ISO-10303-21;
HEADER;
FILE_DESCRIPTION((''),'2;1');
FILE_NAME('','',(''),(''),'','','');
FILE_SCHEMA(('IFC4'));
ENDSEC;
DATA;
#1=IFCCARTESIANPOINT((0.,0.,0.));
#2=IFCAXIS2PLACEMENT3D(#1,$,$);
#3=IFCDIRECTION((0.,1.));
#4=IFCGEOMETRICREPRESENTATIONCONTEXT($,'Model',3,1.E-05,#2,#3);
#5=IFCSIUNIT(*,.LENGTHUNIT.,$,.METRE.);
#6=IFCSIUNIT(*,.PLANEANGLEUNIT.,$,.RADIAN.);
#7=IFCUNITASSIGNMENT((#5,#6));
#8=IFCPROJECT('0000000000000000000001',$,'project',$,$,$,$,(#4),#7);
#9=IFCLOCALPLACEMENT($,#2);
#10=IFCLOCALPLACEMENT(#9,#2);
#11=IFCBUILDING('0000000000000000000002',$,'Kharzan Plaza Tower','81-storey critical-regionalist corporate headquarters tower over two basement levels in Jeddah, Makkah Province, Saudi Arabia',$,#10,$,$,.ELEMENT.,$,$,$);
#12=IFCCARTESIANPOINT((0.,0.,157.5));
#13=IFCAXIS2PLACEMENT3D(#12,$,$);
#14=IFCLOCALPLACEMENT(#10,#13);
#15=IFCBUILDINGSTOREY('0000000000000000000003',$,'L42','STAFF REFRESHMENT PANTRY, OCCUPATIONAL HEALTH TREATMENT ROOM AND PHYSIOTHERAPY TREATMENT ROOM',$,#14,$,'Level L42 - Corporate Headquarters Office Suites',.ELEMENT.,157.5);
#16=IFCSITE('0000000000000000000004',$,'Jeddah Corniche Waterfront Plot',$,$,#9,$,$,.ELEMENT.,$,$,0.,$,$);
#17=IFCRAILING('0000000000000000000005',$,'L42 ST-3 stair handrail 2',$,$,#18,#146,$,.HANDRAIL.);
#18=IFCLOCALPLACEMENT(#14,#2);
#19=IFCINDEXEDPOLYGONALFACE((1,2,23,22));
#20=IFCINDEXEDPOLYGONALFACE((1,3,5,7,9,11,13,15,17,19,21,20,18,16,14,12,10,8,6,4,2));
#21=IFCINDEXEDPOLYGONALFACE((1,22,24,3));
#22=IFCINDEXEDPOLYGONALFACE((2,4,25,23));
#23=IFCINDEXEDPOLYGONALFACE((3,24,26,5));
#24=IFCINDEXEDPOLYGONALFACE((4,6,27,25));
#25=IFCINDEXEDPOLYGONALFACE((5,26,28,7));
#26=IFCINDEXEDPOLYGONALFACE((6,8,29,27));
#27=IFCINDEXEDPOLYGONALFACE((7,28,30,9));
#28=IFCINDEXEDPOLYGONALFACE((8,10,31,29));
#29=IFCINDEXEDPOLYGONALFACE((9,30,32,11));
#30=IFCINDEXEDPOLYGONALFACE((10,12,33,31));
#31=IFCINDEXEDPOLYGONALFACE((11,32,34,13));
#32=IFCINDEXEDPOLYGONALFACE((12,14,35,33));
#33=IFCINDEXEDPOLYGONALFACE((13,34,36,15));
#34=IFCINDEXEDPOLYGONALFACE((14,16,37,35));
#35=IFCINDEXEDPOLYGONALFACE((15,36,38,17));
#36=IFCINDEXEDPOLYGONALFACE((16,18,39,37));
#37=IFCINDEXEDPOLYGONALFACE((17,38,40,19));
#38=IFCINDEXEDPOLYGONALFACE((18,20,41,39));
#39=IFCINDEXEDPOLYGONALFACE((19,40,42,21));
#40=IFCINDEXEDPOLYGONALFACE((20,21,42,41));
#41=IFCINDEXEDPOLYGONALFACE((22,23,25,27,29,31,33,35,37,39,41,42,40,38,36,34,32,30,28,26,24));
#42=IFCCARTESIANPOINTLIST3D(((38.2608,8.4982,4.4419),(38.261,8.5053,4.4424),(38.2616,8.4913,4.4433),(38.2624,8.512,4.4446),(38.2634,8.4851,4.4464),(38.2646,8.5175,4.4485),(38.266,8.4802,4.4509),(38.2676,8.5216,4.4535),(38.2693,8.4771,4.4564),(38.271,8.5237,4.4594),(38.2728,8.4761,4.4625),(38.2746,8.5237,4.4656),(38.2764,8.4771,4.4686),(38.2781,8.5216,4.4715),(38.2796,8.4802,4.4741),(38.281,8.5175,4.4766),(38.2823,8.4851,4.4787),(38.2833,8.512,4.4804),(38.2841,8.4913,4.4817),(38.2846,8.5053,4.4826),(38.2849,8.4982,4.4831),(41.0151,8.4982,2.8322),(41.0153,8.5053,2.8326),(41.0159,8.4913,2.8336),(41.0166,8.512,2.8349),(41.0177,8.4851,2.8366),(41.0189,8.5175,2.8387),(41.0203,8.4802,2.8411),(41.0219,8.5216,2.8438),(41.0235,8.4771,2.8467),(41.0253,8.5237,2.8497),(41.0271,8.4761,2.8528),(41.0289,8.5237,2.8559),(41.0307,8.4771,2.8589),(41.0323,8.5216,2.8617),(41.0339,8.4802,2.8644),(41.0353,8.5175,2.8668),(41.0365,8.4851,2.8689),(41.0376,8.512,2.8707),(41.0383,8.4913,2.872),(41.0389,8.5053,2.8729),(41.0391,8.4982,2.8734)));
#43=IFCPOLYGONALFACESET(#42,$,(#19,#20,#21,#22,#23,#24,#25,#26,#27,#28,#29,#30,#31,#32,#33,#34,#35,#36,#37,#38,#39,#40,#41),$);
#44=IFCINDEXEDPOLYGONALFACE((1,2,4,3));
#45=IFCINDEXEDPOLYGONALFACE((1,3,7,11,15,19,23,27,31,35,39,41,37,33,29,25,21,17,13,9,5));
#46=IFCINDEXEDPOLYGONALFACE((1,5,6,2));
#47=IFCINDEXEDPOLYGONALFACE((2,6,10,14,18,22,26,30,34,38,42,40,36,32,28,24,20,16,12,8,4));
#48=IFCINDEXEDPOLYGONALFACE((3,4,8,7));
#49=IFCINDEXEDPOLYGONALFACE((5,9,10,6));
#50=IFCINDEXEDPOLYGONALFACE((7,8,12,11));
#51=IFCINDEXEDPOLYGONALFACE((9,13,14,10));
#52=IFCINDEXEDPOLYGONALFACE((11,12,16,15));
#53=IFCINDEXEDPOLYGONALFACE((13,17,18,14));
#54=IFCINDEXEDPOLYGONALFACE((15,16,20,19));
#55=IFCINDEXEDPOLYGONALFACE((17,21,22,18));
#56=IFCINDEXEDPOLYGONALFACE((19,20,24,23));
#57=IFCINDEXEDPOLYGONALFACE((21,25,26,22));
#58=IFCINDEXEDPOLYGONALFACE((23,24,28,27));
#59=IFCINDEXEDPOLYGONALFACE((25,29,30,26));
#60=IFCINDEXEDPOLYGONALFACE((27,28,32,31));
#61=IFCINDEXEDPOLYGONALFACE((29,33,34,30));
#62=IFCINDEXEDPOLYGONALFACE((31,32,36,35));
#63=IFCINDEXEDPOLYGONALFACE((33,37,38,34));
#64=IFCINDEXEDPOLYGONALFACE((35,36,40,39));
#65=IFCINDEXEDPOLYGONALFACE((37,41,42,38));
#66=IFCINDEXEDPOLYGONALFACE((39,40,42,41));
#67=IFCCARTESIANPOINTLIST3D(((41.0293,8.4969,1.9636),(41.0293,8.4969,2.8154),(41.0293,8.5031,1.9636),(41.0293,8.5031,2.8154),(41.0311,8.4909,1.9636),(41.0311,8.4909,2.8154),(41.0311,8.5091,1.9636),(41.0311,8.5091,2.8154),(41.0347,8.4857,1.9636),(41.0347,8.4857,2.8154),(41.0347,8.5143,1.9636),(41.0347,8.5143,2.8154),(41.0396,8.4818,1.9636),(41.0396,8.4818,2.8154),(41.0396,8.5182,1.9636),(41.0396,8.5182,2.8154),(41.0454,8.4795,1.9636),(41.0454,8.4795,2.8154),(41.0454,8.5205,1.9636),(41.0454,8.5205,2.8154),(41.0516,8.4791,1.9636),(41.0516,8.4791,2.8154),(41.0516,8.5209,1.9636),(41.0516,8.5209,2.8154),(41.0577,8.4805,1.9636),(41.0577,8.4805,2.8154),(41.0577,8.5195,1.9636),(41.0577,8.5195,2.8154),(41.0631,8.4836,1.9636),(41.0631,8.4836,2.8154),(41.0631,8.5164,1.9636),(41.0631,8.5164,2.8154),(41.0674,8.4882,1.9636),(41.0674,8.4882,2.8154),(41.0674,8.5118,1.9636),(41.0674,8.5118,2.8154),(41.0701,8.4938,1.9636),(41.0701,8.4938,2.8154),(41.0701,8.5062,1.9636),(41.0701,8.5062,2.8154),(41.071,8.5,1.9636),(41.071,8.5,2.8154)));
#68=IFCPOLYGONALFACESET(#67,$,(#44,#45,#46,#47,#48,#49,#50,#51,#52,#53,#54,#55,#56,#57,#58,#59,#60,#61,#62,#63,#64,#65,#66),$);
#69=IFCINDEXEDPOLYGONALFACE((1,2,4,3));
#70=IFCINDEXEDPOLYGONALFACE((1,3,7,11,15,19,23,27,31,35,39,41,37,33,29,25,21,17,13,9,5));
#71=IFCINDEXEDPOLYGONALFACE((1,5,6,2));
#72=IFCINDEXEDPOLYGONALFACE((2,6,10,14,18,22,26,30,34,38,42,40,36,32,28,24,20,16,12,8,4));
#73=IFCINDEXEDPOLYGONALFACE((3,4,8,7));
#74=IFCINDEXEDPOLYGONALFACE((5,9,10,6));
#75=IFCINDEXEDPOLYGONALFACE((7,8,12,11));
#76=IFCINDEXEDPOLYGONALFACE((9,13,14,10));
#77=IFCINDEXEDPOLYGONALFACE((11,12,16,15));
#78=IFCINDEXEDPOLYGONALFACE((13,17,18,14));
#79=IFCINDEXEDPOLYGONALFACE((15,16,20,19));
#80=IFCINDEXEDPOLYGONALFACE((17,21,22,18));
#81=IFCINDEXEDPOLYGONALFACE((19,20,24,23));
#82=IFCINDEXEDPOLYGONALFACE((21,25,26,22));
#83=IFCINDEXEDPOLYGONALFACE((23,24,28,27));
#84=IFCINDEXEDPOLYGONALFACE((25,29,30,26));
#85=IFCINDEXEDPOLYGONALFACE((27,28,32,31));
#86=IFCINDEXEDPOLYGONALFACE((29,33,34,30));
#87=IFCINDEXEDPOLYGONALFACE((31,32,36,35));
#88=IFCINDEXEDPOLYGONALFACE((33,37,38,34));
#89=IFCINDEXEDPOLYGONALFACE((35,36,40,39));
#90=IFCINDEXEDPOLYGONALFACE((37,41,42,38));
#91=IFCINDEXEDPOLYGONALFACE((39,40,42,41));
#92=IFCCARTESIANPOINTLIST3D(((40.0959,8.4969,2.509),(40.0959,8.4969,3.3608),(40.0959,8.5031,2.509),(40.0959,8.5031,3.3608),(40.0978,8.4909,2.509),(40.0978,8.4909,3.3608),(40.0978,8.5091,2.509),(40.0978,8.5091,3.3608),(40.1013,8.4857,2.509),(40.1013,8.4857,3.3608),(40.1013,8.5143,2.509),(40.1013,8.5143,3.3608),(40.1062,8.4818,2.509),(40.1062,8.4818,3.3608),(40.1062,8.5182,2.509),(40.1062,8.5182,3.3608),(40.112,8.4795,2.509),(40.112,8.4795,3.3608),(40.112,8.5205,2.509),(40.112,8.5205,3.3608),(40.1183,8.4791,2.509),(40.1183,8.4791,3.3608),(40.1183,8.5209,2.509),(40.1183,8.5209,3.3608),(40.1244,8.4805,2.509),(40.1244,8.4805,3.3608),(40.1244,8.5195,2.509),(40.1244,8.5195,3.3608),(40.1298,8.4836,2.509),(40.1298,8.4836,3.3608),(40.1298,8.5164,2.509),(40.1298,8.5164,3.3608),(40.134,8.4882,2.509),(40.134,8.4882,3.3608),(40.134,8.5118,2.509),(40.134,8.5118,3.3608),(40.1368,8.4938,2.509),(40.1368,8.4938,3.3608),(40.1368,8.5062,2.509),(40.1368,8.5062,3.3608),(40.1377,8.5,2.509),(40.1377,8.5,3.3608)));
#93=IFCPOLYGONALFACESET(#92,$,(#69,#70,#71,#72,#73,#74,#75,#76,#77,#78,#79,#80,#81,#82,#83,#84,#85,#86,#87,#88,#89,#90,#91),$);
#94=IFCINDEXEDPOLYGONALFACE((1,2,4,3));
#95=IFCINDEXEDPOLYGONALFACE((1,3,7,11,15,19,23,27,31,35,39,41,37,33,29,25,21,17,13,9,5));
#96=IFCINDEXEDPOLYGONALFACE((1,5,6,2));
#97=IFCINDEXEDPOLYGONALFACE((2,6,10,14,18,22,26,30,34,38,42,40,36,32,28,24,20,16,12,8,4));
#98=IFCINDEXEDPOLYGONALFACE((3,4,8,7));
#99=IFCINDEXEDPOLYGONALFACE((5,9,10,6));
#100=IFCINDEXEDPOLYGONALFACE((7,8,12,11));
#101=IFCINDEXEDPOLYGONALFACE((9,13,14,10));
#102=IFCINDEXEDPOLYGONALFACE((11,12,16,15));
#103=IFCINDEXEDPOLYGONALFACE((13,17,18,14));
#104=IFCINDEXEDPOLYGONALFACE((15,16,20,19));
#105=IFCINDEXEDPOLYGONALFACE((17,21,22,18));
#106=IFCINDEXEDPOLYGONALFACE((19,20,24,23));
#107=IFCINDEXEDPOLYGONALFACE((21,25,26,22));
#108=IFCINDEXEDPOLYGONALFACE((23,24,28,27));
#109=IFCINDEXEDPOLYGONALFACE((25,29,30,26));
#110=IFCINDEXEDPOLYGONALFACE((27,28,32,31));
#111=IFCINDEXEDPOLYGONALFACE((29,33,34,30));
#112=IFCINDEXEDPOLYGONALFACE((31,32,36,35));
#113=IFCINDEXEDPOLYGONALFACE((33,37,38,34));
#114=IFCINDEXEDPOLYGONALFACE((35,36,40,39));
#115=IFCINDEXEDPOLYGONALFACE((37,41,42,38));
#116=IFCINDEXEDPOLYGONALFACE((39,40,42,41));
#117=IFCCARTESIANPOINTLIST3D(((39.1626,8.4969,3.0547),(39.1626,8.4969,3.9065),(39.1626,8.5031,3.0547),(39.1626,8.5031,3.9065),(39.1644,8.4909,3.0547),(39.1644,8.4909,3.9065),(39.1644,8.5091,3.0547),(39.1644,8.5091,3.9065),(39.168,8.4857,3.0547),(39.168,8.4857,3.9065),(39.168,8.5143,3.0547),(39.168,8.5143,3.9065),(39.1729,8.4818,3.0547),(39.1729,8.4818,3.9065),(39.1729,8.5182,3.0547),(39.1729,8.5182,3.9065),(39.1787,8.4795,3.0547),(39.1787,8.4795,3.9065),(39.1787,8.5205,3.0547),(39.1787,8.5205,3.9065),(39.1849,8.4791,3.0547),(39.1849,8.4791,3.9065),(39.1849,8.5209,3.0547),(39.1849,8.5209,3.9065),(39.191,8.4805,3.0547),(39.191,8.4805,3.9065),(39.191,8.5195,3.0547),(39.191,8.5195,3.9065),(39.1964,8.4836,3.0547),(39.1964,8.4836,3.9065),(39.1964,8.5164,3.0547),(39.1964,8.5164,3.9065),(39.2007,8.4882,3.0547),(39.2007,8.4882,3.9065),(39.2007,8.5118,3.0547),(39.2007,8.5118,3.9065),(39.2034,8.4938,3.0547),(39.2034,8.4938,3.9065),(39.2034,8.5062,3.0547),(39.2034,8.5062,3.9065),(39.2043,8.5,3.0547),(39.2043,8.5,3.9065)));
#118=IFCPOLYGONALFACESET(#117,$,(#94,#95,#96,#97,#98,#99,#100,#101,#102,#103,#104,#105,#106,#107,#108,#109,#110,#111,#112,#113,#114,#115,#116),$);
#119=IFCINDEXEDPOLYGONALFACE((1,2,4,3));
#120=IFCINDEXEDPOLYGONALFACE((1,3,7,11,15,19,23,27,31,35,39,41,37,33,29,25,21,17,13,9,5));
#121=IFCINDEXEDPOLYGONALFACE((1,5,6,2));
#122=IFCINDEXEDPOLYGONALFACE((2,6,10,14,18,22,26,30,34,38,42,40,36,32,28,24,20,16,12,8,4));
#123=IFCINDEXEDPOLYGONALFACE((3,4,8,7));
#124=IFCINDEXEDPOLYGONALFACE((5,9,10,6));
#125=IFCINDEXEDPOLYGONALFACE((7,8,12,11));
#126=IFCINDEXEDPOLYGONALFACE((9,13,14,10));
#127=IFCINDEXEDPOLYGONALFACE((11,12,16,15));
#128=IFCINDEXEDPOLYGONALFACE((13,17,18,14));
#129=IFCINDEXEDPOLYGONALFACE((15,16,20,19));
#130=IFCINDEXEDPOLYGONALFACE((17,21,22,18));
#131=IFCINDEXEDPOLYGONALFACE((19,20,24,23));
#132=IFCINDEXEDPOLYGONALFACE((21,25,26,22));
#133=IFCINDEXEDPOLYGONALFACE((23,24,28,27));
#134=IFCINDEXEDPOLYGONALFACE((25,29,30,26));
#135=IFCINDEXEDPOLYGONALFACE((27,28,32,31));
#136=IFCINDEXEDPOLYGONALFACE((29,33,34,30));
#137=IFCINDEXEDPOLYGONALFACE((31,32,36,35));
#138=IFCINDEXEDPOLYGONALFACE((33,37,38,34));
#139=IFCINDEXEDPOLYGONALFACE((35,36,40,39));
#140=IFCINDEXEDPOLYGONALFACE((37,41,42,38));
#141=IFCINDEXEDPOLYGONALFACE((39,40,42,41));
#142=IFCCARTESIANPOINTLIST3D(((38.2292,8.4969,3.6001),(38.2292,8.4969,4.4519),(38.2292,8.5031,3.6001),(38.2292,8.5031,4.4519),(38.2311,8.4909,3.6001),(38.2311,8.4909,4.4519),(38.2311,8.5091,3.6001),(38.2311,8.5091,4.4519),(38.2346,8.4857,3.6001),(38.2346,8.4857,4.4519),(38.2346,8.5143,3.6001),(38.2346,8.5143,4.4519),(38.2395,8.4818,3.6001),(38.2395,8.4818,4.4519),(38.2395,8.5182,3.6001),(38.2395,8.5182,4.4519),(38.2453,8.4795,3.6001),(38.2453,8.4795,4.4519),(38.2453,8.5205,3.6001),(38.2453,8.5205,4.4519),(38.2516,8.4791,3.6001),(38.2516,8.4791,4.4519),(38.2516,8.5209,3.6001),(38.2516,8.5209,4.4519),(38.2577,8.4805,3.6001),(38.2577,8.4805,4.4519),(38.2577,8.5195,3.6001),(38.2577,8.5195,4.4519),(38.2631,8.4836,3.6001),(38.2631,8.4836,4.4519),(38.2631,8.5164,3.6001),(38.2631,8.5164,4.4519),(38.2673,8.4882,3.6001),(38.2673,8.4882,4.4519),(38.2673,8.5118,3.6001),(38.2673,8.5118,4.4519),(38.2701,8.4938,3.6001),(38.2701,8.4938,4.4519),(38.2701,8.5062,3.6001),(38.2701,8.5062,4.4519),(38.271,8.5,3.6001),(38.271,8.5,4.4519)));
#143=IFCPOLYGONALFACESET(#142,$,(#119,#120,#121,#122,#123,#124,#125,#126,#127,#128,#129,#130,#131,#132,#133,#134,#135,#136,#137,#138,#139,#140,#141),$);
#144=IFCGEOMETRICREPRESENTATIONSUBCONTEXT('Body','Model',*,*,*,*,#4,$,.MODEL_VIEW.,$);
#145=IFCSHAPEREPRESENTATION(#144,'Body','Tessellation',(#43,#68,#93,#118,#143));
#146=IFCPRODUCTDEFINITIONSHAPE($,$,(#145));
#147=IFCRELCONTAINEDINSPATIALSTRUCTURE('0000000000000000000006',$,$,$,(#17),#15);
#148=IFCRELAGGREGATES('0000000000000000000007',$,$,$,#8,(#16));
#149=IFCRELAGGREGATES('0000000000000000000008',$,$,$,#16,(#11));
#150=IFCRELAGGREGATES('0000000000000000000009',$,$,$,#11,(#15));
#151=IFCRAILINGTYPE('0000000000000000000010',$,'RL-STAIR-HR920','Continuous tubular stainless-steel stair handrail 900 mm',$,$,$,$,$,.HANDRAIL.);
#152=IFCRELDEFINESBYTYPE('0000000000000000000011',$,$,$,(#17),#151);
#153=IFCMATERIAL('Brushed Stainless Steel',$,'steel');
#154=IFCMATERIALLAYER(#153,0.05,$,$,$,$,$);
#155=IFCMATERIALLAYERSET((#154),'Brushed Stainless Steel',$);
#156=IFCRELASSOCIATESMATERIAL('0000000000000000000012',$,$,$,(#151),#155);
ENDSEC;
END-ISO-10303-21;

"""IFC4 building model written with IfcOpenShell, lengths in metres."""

from ifc_helpers import new_model, si_unit, direction, frame, origin, origin_2d, place, context, subcontext, project, spatial, circle, extrude, source, transform, mapped, material, layer, layer_set, type_object, element, save


model = new_model("IFC4")

# Units and contexts
model_context = context("Model", 3, precision=1e-05, world=origin(), true_north=direction((0.0, 1.0)))
body_context = subcontext(model_context, "Body", "Model", "MODEL_VIEW")
ifc_project = project(units=[si_unit("LENGTHUNIT", "METRE"), si_unit("PLANEANGLEUNIT", "RADIAN")], contexts=[model_context])

# Site, building, storey
site_placement = place(None, origin())
site = spatial("IfcSite", under=ifc_project, at=site_placement, Name="Jeddah Corniche Waterfront Plot", CompositionType="ELEMENT", RefElevation=0.0)
building_placement = place(site_placement, origin())
building = spatial("IfcBuilding", under=site, at=building_placement, Name="Kharzan Plaza Tower", Description="81-storey critical-regionalist corporate headquarters tower over two basement levels in Jeddah, Makkah Province, Saudi Arabia", CompositionType="ELEMENT")
storey_placement = place(building_placement, frame((0.0, 0.0, 157.5)))
storey = spatial("IfcBuildingStorey", under=building, at=storey_placement, Name="L42", Description="STAFF REFRESHMENT PANTRY, OCCUPATIONAL HEALTH TREATMENT ROOM AND PHYSIOTHERAPY TREATMENT ROOM", LongName="Level L42 - Corporate Headquarters Office Suites", CompositionType="ELEMENT", Elevation=157.5)

# Shared definitions
ifc_material_1 = material(Name="Brushed Stainless Steel", Category="steel")

# Railing
ifc_layer_1 = layer(ifc_material_1, 0.05)
ifc_layer_set_1 = layer_set([ifc_layer_1], Name="Brushed Stainless Steel")
railing_type_1 = type_object("IfcRailingType", Name="RL-STAIR-HR920", Description="Continuous tubular stainless-steel stair handrail 900 mm", PredefinedType="HANDRAIL", material=ifc_layer_set_1)
shared_shape_1 = source(origin(), body_context, "Body", "SweptSolid", [
    extrude(circle(Radius=0.0239, at=origin_2d()), frame((-0.0229, 0.0, 0.8892), z_axis=(-0.863361, 0.0, 0.504587), x_axis=(0.0, -1.0, 0.0)), (0.0, 0.0, 1.0), 3.1902),
    extrude(circle(Radius=0.021, at=origin_2d()), origin(), (0.0, 0.0, 1.0), 0.8518),
    extrude(circle(Radius=0.021, at=origin_2d()), frame((-0.9333, 0.0, 0.5454)), (0.0, 0.0, 1.0), 0.8518),
    extrude(circle(Radius=0.021, at=origin_2d()), frame((-1.8667, 0.0, 1.0911)), (0.0, 0.0, 1.0), 0.8518),
    extrude(circle(Radius=0.021, at=origin_2d()), frame((-2.8, 0.0, 1.6365)), (0.0, 0.0, 1.0), 0.8518),
])
railing_1_placement = place(storey_placement, frame((41.05, 8.5, 1.9636)))
element("IfcRailing", 1, at=railing_1_placement, inside=storey, type_object=railing_type_1, Name="L42 ST-3 stair handrail 2", PredefinedType="HANDRAIL", context=body_context, shape_type="MappedRepresentation", body=[
    mapped(shared_shape_1, transform((0.0, 0.0, 0.0), x_axis=(1.0, 0.0, 0.0), y_axis=(0.0, 1.0, 0.0), z_axis=(0.0, 0.0, 1.0))),
])

save(model, "model.ifc")
